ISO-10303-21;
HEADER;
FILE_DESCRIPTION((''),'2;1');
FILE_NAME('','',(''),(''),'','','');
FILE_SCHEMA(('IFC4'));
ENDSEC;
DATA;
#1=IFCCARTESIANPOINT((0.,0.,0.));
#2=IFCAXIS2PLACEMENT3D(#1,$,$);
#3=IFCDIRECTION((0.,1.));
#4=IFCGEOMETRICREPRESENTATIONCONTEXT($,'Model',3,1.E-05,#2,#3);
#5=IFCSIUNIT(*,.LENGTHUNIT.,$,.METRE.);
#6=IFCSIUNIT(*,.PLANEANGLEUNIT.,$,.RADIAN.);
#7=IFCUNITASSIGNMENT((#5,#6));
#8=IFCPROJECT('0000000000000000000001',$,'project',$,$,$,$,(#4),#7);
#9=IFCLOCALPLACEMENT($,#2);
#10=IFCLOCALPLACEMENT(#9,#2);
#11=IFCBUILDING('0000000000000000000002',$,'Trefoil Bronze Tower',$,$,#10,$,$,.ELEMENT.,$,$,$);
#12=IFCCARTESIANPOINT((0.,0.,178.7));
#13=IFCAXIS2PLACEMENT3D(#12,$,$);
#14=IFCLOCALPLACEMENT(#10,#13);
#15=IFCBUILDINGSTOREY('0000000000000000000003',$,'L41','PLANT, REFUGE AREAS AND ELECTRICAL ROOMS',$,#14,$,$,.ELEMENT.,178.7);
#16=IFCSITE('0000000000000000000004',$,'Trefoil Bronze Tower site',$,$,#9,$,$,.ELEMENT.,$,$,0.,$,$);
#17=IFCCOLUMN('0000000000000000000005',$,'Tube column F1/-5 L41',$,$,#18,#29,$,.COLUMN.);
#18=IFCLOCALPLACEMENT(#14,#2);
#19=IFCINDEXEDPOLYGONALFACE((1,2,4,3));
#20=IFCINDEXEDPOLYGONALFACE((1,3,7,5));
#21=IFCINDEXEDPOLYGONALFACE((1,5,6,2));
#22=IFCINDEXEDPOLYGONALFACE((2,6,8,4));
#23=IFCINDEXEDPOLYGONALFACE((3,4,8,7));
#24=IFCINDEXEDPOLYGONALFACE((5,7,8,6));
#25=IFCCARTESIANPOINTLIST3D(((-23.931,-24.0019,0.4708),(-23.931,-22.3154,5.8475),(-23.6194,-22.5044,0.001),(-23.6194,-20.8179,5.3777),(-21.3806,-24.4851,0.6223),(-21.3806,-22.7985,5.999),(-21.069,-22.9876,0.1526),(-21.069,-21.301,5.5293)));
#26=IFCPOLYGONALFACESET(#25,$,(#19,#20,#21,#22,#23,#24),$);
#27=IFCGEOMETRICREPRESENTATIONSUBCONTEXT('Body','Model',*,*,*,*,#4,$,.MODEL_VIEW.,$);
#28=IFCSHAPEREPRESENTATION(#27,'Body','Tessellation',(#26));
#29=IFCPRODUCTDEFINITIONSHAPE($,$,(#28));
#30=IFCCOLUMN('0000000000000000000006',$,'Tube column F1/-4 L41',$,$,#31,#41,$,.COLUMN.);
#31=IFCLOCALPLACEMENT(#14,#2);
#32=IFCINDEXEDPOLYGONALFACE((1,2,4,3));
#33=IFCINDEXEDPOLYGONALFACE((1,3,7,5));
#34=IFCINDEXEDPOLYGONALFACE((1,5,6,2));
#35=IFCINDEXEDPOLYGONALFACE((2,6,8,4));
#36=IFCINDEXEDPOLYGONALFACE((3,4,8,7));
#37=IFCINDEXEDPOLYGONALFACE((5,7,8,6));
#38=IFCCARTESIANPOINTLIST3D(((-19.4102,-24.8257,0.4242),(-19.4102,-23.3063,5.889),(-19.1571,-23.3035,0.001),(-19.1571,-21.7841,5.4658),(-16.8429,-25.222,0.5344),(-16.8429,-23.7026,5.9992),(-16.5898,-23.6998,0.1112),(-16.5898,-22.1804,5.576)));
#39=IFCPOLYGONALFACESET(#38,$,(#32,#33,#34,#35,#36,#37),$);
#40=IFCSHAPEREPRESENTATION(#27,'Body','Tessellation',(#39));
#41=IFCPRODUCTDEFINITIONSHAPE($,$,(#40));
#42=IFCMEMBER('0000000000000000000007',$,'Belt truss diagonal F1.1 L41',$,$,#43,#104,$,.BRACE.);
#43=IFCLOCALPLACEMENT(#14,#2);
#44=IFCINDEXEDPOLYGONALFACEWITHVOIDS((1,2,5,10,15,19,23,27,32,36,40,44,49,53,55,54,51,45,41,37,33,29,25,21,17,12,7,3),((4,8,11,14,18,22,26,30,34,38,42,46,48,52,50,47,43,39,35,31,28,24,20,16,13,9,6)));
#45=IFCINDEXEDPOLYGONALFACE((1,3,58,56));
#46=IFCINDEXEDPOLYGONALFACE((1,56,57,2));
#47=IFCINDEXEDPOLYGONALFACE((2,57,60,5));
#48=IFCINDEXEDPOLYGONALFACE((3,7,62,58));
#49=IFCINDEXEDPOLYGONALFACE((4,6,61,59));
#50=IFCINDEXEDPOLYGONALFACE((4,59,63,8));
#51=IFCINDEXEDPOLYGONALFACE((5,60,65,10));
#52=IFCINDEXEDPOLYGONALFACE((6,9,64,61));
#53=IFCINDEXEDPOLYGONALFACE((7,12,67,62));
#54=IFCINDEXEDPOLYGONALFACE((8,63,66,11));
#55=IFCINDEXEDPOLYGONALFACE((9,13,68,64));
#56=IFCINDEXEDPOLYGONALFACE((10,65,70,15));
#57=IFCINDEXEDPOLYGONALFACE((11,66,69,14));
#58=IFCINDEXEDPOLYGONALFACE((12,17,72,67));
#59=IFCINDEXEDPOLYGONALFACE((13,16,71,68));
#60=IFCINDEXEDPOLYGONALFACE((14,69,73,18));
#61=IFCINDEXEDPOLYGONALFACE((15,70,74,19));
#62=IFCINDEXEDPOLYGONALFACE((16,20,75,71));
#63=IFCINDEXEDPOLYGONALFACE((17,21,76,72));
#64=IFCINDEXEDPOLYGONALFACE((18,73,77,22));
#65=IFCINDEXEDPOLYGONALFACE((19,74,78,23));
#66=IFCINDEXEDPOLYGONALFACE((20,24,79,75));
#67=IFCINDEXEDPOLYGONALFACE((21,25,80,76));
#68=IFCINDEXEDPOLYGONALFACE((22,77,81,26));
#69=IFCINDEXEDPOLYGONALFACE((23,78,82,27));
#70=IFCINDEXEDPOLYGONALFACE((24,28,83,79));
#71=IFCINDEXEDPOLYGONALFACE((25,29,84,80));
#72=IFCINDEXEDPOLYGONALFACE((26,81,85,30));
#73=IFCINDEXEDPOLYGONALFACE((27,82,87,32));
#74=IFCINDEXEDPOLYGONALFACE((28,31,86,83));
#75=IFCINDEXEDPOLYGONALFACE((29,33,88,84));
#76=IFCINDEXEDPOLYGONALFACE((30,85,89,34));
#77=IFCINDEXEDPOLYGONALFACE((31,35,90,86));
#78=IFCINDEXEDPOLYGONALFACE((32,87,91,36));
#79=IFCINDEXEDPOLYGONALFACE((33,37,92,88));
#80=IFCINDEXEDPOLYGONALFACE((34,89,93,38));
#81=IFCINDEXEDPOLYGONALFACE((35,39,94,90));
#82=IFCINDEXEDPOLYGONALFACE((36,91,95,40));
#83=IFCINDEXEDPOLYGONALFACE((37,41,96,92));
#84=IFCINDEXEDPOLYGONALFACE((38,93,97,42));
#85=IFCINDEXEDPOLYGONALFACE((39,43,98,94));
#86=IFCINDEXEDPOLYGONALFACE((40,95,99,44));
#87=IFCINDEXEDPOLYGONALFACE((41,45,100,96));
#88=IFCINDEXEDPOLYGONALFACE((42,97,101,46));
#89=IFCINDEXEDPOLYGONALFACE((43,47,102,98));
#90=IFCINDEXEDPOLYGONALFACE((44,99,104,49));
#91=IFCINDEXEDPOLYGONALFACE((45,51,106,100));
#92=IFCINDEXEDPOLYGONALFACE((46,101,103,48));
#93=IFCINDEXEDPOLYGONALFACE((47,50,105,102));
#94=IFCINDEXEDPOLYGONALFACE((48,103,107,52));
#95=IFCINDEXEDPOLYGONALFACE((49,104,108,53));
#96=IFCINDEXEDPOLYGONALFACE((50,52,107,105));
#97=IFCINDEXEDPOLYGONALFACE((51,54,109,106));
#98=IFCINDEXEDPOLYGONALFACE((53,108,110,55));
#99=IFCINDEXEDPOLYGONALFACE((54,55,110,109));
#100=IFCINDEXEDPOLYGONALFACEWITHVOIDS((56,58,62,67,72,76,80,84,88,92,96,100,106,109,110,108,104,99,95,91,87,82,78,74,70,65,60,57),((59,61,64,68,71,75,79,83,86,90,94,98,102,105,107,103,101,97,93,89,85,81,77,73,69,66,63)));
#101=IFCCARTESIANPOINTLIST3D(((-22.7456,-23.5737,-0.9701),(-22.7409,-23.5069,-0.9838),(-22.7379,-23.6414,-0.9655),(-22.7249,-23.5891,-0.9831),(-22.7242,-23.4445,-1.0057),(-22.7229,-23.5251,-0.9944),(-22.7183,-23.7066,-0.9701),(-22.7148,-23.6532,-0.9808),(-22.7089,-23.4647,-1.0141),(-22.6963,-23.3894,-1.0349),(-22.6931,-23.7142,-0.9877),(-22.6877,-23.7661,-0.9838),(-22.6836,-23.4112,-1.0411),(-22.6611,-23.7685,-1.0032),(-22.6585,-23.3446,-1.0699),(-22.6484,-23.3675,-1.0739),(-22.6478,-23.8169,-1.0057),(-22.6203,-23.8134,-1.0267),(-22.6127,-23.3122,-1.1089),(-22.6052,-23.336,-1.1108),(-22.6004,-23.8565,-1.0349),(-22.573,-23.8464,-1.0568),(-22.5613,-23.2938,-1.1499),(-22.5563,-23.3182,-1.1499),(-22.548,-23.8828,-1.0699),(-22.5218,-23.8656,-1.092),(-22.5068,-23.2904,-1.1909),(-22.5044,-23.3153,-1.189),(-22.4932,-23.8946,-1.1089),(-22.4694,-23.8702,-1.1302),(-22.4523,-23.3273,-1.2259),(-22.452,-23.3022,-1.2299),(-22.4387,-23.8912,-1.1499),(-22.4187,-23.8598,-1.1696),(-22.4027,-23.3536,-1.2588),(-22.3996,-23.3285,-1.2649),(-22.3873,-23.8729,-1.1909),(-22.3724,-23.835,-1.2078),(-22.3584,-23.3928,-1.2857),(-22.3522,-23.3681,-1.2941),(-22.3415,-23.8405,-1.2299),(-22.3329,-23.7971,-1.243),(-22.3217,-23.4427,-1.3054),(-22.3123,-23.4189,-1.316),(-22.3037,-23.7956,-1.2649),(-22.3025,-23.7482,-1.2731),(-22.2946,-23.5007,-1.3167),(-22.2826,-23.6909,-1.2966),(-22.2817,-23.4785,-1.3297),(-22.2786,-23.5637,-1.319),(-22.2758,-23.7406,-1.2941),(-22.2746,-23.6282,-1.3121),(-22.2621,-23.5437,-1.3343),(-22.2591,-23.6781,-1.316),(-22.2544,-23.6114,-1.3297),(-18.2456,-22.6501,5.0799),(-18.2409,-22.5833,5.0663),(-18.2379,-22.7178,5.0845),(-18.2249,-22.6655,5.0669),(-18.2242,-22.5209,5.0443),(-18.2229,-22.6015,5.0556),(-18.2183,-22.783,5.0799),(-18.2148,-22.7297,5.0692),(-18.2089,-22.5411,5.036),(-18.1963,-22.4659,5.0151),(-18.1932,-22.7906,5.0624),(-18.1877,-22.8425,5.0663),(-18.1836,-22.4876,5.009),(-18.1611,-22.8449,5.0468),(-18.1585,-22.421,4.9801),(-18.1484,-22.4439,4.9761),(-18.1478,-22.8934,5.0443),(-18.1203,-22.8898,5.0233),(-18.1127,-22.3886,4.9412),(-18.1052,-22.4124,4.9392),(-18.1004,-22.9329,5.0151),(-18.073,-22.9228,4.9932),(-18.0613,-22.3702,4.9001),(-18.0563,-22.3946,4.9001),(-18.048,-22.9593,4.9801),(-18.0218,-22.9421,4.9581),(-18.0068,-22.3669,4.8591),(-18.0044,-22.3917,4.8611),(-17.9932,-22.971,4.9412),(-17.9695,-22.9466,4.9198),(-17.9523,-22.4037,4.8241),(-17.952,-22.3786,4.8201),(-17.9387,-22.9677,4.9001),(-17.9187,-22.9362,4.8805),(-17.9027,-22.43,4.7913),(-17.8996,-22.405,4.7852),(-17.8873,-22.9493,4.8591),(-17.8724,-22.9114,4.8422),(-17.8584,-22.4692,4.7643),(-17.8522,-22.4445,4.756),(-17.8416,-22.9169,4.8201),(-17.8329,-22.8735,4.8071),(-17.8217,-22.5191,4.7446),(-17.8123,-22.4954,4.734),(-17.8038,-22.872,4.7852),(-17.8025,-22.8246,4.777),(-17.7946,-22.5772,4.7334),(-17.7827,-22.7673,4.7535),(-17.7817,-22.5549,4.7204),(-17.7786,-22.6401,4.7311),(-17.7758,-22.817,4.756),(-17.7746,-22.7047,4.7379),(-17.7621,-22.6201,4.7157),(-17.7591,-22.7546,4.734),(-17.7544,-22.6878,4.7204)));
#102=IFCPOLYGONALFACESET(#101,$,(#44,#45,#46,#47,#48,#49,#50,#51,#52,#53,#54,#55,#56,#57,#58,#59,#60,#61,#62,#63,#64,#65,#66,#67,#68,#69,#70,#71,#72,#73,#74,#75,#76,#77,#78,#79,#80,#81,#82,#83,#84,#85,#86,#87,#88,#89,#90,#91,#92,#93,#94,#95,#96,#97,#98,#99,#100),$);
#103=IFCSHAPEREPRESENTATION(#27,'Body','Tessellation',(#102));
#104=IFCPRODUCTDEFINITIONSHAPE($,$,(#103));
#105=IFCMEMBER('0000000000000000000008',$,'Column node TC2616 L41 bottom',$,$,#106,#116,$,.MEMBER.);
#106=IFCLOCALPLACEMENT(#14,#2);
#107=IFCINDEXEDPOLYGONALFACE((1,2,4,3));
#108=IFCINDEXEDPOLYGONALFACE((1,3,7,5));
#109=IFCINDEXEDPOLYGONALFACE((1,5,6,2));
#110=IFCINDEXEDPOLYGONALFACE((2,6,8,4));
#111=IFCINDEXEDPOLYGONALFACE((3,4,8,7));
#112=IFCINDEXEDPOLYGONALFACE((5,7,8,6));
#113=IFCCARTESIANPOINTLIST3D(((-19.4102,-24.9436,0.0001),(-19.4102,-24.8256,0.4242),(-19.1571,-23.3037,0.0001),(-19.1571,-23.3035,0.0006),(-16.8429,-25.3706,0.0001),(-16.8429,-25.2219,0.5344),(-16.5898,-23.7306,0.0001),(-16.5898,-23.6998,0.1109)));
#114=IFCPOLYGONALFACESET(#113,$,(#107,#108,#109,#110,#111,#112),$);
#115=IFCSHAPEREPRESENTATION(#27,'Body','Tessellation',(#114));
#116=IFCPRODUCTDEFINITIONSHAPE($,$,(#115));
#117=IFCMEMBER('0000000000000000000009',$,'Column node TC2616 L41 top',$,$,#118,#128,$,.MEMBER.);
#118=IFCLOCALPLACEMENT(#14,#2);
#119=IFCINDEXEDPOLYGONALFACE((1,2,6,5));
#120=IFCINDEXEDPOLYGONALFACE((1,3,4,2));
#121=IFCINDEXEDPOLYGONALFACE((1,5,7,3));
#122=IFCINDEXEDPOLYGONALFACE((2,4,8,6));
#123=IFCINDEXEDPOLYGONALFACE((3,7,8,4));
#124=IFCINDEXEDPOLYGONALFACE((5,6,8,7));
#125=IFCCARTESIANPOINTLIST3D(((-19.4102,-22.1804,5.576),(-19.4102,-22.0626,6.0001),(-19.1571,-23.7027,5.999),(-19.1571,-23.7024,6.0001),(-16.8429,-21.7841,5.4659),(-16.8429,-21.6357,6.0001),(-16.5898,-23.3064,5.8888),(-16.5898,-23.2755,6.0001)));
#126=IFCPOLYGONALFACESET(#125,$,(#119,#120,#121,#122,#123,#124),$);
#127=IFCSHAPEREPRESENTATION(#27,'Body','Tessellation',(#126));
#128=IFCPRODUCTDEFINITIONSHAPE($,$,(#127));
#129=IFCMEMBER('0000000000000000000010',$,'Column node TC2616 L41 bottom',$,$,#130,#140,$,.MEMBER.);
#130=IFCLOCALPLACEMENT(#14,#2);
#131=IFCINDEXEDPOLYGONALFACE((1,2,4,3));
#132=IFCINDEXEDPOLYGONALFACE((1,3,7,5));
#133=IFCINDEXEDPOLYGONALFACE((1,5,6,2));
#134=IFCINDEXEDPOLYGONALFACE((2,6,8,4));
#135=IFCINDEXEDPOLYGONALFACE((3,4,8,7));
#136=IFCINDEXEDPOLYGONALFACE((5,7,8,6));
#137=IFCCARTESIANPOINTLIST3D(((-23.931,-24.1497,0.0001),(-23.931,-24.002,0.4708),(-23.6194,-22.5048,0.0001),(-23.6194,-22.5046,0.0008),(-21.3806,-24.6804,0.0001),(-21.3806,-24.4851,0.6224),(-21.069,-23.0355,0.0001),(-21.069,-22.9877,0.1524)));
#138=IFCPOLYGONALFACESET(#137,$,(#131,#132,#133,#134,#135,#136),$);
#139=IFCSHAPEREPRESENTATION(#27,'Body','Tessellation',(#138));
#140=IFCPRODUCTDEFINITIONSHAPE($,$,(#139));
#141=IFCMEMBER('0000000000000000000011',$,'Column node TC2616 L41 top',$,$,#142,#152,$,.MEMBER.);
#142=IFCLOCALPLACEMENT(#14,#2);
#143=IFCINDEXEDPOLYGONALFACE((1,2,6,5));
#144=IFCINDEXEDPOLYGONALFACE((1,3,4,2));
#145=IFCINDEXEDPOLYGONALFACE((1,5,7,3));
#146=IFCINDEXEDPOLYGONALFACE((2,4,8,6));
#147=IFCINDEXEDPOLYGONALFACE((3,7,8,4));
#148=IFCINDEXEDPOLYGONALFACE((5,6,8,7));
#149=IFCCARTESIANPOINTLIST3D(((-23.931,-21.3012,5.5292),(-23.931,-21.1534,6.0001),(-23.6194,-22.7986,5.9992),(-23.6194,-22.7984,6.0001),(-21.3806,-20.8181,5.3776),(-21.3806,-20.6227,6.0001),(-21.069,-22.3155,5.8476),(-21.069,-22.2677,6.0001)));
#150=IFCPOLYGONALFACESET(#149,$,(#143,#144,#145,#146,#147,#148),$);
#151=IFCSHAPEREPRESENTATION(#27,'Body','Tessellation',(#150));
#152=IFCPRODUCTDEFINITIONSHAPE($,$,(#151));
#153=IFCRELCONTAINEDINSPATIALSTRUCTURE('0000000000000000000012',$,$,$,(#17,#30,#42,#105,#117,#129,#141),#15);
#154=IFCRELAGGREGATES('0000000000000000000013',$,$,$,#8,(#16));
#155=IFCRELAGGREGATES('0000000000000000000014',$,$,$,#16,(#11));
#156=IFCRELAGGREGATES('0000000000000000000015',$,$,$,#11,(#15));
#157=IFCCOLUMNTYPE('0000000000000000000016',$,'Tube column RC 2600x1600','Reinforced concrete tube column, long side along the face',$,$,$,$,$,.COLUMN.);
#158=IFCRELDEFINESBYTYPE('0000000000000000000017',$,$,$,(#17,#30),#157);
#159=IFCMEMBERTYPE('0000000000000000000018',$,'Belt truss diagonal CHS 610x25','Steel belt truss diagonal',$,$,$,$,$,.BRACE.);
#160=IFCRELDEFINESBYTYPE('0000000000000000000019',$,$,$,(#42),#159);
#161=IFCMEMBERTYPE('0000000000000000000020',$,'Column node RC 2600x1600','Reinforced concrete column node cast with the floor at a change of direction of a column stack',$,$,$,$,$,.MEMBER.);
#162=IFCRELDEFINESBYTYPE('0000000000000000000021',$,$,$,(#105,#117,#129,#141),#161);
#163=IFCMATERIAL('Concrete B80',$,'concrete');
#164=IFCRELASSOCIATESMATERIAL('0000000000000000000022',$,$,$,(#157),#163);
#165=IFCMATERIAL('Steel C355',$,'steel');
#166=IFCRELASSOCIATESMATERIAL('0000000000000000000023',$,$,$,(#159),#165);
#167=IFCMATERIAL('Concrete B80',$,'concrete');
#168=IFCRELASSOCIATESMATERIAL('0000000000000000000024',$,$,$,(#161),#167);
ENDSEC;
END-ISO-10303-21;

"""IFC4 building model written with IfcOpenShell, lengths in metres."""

from ifc_helpers import new_model, si_unit, direction, frame, origin, origin_2d, place, context, subcontext, project, spatial, rectangle, hollow_circle, extrude, clip, halfspace, material, material_profile, profile_set, type_object, element, save


model = new_model("IFC4")

# Units and contexts
model_context = context("Model", 3, precision=1e-05, world=origin(), true_north=direction((0.0, 1.0)))
body_context = subcontext(model_context, "Body", "Model", "MODEL_VIEW")
ifc_project = project(units=[si_unit("LENGTHUNIT", "METRE"), si_unit("PLANEANGLEUNIT", "RADIAN")], contexts=[model_context])

# Site, building, storey
site_placement = place(None, origin())
site = spatial("IfcSite", under=ifc_project, at=site_placement, Name="Trefoil Bronze Tower site", CompositionType="ELEMENT", RefElevation=0.0)
building_placement = place(site_placement, origin())
building = spatial("IfcBuilding", under=site, at=building_placement, Name="Trefoil Bronze Tower", CompositionType="ELEMENT")
storey_placement = place(building_placement, frame((0.0, 0.0, 178.7)))
storey = spatial("IfcBuildingStorey", under=building, at=storey_placement, Name="L41", Description="PLANT, REFUGE AREAS AND ELECTRICAL ROOMS", CompositionType="ELEMENT", Elevation=178.7)

# Columns
ifc_material_1 = material(Name="Concrete B80", Category="concrete")
ifc_material_profile_1 = material_profile(ifc_material_1, rectangle(XDim=2.6001, YDim=1.6001, at=origin_2d()), Name="RC 2600x1600")
ifc_profile_set_1 = profile_set([ifc_material_profile_1], Name="Concrete B80")
column_type = type_object("IfcColumnType", Name="Tube column RC 2600x1600", Description="Reinforced concrete tube column, long side along the face", PredefinedType="COLUMN", material=ifc_profile_set_1)
column_1_placement = place(storey_placement, frame((-22.5, -23.5925, 0.0), z_axis=(0.0, 0.299301, 0.954159), x_axis=(0.980854, -0.185817, 0.058287)))
element("IfcColumn", 1, at=column_1_placement, inside=storey, type_object=column_type, Name="Tube column F1/-5 L41", PredefinedType="COLUMN", context=body_context, shape_type="Clipping", body=[
    clip(clip(extrude(rectangle(XDim=2.6001, YDim=1.6001, at=origin_2d()), origin(), (0.0, 0.0, 1.0), 6.2883), halfspace(frame((0.0, 0.0, 0.3267), z_axis=(0.000001, -0.000004, 1.0), x_axis=(0.0, 1.0, 0.000004)), True)), halfspace(frame((0.0, 0.0, 5.9617), z_axis=(-0.000001, 0.000004, -1.0), x_axis=(0.0, -1.0, -0.000004)), True)),
])
column_2_placement = place(storey_placement, frame((-18.0, -24.3372, 0.0), z_axis=(0.0, 0.267874, 0.963454), x_axis=(0.987407, -0.152419, 0.042378)))
element("IfcColumn", 2, at=column_2_placement, inside=storey, type_object=column_type, Name="Tube column F1/-4 L41", PredefinedType="COLUMN", context=body_context, shape_type="Clipping", body=[
    clip(clip(extrude(rectangle(XDim=2.6001, YDim=1.6001, at=origin_2d()), origin(), (0.0, 0.0, 1.0), 6.2275), halfspace(frame((0.0, 0.0, 0.2778), z_axis=(0.000004, -0.000022, 1.0), x_axis=(0.0, 1.0, 0.000022)), True)), halfspace(frame((0.0, 0.0, 5.95), z_axis=(-0.000004, 0.000022, -1.0), x_axis=(0.0, -1.0, -0.000022)), True)),
])

# Members
ifc_material_2 = material(Name="Steel C355", Category="steel")
ifc_material_profile_2 = material_profile(ifc_material_2, hollow_circle(Radius=0.3049, WallThickness=0.0249, at=origin_2d()), Name="CHS 610x25")
ifc_profile_set_2 = profile_set([ifc_material_profile_2], Name="Steel C355")
member_type_1 = type_object("IfcMemberType", Name="Belt truss diagonal CHS 610x25", Description="Steel belt truss diagonal", PredefinedType="BRACE", material=ifc_profile_set_2)
member_1_placement = place(storey_placement, frame((-22.5, -23.5925, -1.1499), z_axis=(0.592382, 0.121581, 0.796431), x_axis=(-0.20105, 0.979581, 0.0)))
element("IfcMember", 3, at=member_1_placement, inside=storey, type_object=member_type_1, Name="Belt truss diagonal F1.1 L41", PredefinedType="BRACE", context=body_context, shape_type="SweptSolid", body=[
    extrude(hollow_circle(Radius=0.3049, WallThickness=0.0249, at=origin_2d()), origin(), (0.0, 0.0, 1.0), 7.5964),
])
ifc_material_3 = material(Name="Concrete B80", Category="concrete")
ifc_material_profile_3 = material_profile(ifc_material_3, rectangle(XDim=2.6001, YDim=1.6001, at=origin_2d()), Name="RC 2600x1600")
ifc_profile_set_3 = profile_set([ifc_material_profile_3], Name="Concrete B80")
member_type_2 = type_object("IfcMemberType", Name="Column node RC 2600x1600", Description="Reinforced concrete column node cast with the floor at a change of direction of a column stack", PredefinedType="MEMBER", material=ifc_profile_set_3)
member_2_placement = place(storey_placement, frame((-18.0, -24.4116, -0.2676), z_axis=(0.0, 0.268097, 0.963392), x_axis=(0.987407, -0.152409, 0.042413)))
element("IfcMember", 4, at=member_2_placement, inside=storey, type_object=member_type_2, Name="Column node TC2616 L41 bottom", PredefinedType="MEMBER", context=body_context, shape_type="Clipping", body=[
    clip(extrude(rectangle(XDim=2.6001, YDim=1.6001, at=origin_2d()), origin(), (0.0, 0.0, 1.0), 0.5554), halfspace(frame((0.0, 0.0, 0.2778), z_axis=(0.042413, -0.264721, 0.963392), x_axis=(0.0, 0.96426, 0.264959)), True)),
])
member_3_placement = place(storey_placement, frame((-18.0, -22.5947, 6.2676), z_axis=(0.0, -0.267689, -0.963505), x_axis=(-0.987407, -0.152427, 0.042349)))
element("IfcMember", 5, at=member_3_placement, inside=storey, type_object=member_type_2, Name="Column node TC2616 L41 top", PredefinedType="MEMBER", context=body_context, shape_type="Clipping", body=[
    clip(extrude(rectangle(XDim=2.6001, YDim=1.6001, at=origin_2d()), origin(), (0.0, 0.0, 1.0), 0.5554), halfspace(frame((0.0, 0.0, 0.2776), z_axis=(-0.042349, 0.264318, 0.963505), x_axis=(0.0, 0.96437, -0.264556)), True)),
])
member_4_placement = place(storey_placement, frame((-22.5, -23.6904, -0.3115), z_axis=(0.0, 0.299467, 0.954107), x_axis=(0.980854, -0.185806, 0.058319)))
element("IfcMember", 6, at=member_4_placement, inside=storey, type_object=member_type_2, Name="Column node TC2616 L41 bottom", PredefinedType="MEMBER", context=body_context, shape_type="Clipping", body=[
    clip(extrude(rectangle(XDim=2.6001, YDim=1.6001, at=origin_2d()), origin(), (0.0, 0.0, 1.0), 0.6531), halfspace(frame((0.0, 0.0, 0.3267), z_axis=(0.058319, -0.293733, 0.954107), x_axis=(0.0, 0.955733, 0.294234)), True)),
])
member_5_placement = place(storey_placement, frame((-22.5, -21.6128, 6.3115), z_axis=(0.0, -0.299467, -0.954107), x_axis=(-0.980854, -0.185806, 0.058319)))
element("IfcMember", 7, at=member_5_placement, inside=storey, type_object=member_type_2, Name="Column node TC2616 L41 top", PredefinedType="MEMBER", context=body_context, shape_type="Clipping", body=[
    clip(extrude(rectangle(XDim=2.6001, YDim=1.6001, at=origin_2d()), origin(), (0.0, 0.0, 1.0), 0.6531), halfspace(frame((0.0, 0.0, 0.3264), z_axis=(-0.058319, 0.293733, 0.954107), x_axis=(0.0, 0.955733, -0.294234)), True)),
])

save(model, "model.ifc")
